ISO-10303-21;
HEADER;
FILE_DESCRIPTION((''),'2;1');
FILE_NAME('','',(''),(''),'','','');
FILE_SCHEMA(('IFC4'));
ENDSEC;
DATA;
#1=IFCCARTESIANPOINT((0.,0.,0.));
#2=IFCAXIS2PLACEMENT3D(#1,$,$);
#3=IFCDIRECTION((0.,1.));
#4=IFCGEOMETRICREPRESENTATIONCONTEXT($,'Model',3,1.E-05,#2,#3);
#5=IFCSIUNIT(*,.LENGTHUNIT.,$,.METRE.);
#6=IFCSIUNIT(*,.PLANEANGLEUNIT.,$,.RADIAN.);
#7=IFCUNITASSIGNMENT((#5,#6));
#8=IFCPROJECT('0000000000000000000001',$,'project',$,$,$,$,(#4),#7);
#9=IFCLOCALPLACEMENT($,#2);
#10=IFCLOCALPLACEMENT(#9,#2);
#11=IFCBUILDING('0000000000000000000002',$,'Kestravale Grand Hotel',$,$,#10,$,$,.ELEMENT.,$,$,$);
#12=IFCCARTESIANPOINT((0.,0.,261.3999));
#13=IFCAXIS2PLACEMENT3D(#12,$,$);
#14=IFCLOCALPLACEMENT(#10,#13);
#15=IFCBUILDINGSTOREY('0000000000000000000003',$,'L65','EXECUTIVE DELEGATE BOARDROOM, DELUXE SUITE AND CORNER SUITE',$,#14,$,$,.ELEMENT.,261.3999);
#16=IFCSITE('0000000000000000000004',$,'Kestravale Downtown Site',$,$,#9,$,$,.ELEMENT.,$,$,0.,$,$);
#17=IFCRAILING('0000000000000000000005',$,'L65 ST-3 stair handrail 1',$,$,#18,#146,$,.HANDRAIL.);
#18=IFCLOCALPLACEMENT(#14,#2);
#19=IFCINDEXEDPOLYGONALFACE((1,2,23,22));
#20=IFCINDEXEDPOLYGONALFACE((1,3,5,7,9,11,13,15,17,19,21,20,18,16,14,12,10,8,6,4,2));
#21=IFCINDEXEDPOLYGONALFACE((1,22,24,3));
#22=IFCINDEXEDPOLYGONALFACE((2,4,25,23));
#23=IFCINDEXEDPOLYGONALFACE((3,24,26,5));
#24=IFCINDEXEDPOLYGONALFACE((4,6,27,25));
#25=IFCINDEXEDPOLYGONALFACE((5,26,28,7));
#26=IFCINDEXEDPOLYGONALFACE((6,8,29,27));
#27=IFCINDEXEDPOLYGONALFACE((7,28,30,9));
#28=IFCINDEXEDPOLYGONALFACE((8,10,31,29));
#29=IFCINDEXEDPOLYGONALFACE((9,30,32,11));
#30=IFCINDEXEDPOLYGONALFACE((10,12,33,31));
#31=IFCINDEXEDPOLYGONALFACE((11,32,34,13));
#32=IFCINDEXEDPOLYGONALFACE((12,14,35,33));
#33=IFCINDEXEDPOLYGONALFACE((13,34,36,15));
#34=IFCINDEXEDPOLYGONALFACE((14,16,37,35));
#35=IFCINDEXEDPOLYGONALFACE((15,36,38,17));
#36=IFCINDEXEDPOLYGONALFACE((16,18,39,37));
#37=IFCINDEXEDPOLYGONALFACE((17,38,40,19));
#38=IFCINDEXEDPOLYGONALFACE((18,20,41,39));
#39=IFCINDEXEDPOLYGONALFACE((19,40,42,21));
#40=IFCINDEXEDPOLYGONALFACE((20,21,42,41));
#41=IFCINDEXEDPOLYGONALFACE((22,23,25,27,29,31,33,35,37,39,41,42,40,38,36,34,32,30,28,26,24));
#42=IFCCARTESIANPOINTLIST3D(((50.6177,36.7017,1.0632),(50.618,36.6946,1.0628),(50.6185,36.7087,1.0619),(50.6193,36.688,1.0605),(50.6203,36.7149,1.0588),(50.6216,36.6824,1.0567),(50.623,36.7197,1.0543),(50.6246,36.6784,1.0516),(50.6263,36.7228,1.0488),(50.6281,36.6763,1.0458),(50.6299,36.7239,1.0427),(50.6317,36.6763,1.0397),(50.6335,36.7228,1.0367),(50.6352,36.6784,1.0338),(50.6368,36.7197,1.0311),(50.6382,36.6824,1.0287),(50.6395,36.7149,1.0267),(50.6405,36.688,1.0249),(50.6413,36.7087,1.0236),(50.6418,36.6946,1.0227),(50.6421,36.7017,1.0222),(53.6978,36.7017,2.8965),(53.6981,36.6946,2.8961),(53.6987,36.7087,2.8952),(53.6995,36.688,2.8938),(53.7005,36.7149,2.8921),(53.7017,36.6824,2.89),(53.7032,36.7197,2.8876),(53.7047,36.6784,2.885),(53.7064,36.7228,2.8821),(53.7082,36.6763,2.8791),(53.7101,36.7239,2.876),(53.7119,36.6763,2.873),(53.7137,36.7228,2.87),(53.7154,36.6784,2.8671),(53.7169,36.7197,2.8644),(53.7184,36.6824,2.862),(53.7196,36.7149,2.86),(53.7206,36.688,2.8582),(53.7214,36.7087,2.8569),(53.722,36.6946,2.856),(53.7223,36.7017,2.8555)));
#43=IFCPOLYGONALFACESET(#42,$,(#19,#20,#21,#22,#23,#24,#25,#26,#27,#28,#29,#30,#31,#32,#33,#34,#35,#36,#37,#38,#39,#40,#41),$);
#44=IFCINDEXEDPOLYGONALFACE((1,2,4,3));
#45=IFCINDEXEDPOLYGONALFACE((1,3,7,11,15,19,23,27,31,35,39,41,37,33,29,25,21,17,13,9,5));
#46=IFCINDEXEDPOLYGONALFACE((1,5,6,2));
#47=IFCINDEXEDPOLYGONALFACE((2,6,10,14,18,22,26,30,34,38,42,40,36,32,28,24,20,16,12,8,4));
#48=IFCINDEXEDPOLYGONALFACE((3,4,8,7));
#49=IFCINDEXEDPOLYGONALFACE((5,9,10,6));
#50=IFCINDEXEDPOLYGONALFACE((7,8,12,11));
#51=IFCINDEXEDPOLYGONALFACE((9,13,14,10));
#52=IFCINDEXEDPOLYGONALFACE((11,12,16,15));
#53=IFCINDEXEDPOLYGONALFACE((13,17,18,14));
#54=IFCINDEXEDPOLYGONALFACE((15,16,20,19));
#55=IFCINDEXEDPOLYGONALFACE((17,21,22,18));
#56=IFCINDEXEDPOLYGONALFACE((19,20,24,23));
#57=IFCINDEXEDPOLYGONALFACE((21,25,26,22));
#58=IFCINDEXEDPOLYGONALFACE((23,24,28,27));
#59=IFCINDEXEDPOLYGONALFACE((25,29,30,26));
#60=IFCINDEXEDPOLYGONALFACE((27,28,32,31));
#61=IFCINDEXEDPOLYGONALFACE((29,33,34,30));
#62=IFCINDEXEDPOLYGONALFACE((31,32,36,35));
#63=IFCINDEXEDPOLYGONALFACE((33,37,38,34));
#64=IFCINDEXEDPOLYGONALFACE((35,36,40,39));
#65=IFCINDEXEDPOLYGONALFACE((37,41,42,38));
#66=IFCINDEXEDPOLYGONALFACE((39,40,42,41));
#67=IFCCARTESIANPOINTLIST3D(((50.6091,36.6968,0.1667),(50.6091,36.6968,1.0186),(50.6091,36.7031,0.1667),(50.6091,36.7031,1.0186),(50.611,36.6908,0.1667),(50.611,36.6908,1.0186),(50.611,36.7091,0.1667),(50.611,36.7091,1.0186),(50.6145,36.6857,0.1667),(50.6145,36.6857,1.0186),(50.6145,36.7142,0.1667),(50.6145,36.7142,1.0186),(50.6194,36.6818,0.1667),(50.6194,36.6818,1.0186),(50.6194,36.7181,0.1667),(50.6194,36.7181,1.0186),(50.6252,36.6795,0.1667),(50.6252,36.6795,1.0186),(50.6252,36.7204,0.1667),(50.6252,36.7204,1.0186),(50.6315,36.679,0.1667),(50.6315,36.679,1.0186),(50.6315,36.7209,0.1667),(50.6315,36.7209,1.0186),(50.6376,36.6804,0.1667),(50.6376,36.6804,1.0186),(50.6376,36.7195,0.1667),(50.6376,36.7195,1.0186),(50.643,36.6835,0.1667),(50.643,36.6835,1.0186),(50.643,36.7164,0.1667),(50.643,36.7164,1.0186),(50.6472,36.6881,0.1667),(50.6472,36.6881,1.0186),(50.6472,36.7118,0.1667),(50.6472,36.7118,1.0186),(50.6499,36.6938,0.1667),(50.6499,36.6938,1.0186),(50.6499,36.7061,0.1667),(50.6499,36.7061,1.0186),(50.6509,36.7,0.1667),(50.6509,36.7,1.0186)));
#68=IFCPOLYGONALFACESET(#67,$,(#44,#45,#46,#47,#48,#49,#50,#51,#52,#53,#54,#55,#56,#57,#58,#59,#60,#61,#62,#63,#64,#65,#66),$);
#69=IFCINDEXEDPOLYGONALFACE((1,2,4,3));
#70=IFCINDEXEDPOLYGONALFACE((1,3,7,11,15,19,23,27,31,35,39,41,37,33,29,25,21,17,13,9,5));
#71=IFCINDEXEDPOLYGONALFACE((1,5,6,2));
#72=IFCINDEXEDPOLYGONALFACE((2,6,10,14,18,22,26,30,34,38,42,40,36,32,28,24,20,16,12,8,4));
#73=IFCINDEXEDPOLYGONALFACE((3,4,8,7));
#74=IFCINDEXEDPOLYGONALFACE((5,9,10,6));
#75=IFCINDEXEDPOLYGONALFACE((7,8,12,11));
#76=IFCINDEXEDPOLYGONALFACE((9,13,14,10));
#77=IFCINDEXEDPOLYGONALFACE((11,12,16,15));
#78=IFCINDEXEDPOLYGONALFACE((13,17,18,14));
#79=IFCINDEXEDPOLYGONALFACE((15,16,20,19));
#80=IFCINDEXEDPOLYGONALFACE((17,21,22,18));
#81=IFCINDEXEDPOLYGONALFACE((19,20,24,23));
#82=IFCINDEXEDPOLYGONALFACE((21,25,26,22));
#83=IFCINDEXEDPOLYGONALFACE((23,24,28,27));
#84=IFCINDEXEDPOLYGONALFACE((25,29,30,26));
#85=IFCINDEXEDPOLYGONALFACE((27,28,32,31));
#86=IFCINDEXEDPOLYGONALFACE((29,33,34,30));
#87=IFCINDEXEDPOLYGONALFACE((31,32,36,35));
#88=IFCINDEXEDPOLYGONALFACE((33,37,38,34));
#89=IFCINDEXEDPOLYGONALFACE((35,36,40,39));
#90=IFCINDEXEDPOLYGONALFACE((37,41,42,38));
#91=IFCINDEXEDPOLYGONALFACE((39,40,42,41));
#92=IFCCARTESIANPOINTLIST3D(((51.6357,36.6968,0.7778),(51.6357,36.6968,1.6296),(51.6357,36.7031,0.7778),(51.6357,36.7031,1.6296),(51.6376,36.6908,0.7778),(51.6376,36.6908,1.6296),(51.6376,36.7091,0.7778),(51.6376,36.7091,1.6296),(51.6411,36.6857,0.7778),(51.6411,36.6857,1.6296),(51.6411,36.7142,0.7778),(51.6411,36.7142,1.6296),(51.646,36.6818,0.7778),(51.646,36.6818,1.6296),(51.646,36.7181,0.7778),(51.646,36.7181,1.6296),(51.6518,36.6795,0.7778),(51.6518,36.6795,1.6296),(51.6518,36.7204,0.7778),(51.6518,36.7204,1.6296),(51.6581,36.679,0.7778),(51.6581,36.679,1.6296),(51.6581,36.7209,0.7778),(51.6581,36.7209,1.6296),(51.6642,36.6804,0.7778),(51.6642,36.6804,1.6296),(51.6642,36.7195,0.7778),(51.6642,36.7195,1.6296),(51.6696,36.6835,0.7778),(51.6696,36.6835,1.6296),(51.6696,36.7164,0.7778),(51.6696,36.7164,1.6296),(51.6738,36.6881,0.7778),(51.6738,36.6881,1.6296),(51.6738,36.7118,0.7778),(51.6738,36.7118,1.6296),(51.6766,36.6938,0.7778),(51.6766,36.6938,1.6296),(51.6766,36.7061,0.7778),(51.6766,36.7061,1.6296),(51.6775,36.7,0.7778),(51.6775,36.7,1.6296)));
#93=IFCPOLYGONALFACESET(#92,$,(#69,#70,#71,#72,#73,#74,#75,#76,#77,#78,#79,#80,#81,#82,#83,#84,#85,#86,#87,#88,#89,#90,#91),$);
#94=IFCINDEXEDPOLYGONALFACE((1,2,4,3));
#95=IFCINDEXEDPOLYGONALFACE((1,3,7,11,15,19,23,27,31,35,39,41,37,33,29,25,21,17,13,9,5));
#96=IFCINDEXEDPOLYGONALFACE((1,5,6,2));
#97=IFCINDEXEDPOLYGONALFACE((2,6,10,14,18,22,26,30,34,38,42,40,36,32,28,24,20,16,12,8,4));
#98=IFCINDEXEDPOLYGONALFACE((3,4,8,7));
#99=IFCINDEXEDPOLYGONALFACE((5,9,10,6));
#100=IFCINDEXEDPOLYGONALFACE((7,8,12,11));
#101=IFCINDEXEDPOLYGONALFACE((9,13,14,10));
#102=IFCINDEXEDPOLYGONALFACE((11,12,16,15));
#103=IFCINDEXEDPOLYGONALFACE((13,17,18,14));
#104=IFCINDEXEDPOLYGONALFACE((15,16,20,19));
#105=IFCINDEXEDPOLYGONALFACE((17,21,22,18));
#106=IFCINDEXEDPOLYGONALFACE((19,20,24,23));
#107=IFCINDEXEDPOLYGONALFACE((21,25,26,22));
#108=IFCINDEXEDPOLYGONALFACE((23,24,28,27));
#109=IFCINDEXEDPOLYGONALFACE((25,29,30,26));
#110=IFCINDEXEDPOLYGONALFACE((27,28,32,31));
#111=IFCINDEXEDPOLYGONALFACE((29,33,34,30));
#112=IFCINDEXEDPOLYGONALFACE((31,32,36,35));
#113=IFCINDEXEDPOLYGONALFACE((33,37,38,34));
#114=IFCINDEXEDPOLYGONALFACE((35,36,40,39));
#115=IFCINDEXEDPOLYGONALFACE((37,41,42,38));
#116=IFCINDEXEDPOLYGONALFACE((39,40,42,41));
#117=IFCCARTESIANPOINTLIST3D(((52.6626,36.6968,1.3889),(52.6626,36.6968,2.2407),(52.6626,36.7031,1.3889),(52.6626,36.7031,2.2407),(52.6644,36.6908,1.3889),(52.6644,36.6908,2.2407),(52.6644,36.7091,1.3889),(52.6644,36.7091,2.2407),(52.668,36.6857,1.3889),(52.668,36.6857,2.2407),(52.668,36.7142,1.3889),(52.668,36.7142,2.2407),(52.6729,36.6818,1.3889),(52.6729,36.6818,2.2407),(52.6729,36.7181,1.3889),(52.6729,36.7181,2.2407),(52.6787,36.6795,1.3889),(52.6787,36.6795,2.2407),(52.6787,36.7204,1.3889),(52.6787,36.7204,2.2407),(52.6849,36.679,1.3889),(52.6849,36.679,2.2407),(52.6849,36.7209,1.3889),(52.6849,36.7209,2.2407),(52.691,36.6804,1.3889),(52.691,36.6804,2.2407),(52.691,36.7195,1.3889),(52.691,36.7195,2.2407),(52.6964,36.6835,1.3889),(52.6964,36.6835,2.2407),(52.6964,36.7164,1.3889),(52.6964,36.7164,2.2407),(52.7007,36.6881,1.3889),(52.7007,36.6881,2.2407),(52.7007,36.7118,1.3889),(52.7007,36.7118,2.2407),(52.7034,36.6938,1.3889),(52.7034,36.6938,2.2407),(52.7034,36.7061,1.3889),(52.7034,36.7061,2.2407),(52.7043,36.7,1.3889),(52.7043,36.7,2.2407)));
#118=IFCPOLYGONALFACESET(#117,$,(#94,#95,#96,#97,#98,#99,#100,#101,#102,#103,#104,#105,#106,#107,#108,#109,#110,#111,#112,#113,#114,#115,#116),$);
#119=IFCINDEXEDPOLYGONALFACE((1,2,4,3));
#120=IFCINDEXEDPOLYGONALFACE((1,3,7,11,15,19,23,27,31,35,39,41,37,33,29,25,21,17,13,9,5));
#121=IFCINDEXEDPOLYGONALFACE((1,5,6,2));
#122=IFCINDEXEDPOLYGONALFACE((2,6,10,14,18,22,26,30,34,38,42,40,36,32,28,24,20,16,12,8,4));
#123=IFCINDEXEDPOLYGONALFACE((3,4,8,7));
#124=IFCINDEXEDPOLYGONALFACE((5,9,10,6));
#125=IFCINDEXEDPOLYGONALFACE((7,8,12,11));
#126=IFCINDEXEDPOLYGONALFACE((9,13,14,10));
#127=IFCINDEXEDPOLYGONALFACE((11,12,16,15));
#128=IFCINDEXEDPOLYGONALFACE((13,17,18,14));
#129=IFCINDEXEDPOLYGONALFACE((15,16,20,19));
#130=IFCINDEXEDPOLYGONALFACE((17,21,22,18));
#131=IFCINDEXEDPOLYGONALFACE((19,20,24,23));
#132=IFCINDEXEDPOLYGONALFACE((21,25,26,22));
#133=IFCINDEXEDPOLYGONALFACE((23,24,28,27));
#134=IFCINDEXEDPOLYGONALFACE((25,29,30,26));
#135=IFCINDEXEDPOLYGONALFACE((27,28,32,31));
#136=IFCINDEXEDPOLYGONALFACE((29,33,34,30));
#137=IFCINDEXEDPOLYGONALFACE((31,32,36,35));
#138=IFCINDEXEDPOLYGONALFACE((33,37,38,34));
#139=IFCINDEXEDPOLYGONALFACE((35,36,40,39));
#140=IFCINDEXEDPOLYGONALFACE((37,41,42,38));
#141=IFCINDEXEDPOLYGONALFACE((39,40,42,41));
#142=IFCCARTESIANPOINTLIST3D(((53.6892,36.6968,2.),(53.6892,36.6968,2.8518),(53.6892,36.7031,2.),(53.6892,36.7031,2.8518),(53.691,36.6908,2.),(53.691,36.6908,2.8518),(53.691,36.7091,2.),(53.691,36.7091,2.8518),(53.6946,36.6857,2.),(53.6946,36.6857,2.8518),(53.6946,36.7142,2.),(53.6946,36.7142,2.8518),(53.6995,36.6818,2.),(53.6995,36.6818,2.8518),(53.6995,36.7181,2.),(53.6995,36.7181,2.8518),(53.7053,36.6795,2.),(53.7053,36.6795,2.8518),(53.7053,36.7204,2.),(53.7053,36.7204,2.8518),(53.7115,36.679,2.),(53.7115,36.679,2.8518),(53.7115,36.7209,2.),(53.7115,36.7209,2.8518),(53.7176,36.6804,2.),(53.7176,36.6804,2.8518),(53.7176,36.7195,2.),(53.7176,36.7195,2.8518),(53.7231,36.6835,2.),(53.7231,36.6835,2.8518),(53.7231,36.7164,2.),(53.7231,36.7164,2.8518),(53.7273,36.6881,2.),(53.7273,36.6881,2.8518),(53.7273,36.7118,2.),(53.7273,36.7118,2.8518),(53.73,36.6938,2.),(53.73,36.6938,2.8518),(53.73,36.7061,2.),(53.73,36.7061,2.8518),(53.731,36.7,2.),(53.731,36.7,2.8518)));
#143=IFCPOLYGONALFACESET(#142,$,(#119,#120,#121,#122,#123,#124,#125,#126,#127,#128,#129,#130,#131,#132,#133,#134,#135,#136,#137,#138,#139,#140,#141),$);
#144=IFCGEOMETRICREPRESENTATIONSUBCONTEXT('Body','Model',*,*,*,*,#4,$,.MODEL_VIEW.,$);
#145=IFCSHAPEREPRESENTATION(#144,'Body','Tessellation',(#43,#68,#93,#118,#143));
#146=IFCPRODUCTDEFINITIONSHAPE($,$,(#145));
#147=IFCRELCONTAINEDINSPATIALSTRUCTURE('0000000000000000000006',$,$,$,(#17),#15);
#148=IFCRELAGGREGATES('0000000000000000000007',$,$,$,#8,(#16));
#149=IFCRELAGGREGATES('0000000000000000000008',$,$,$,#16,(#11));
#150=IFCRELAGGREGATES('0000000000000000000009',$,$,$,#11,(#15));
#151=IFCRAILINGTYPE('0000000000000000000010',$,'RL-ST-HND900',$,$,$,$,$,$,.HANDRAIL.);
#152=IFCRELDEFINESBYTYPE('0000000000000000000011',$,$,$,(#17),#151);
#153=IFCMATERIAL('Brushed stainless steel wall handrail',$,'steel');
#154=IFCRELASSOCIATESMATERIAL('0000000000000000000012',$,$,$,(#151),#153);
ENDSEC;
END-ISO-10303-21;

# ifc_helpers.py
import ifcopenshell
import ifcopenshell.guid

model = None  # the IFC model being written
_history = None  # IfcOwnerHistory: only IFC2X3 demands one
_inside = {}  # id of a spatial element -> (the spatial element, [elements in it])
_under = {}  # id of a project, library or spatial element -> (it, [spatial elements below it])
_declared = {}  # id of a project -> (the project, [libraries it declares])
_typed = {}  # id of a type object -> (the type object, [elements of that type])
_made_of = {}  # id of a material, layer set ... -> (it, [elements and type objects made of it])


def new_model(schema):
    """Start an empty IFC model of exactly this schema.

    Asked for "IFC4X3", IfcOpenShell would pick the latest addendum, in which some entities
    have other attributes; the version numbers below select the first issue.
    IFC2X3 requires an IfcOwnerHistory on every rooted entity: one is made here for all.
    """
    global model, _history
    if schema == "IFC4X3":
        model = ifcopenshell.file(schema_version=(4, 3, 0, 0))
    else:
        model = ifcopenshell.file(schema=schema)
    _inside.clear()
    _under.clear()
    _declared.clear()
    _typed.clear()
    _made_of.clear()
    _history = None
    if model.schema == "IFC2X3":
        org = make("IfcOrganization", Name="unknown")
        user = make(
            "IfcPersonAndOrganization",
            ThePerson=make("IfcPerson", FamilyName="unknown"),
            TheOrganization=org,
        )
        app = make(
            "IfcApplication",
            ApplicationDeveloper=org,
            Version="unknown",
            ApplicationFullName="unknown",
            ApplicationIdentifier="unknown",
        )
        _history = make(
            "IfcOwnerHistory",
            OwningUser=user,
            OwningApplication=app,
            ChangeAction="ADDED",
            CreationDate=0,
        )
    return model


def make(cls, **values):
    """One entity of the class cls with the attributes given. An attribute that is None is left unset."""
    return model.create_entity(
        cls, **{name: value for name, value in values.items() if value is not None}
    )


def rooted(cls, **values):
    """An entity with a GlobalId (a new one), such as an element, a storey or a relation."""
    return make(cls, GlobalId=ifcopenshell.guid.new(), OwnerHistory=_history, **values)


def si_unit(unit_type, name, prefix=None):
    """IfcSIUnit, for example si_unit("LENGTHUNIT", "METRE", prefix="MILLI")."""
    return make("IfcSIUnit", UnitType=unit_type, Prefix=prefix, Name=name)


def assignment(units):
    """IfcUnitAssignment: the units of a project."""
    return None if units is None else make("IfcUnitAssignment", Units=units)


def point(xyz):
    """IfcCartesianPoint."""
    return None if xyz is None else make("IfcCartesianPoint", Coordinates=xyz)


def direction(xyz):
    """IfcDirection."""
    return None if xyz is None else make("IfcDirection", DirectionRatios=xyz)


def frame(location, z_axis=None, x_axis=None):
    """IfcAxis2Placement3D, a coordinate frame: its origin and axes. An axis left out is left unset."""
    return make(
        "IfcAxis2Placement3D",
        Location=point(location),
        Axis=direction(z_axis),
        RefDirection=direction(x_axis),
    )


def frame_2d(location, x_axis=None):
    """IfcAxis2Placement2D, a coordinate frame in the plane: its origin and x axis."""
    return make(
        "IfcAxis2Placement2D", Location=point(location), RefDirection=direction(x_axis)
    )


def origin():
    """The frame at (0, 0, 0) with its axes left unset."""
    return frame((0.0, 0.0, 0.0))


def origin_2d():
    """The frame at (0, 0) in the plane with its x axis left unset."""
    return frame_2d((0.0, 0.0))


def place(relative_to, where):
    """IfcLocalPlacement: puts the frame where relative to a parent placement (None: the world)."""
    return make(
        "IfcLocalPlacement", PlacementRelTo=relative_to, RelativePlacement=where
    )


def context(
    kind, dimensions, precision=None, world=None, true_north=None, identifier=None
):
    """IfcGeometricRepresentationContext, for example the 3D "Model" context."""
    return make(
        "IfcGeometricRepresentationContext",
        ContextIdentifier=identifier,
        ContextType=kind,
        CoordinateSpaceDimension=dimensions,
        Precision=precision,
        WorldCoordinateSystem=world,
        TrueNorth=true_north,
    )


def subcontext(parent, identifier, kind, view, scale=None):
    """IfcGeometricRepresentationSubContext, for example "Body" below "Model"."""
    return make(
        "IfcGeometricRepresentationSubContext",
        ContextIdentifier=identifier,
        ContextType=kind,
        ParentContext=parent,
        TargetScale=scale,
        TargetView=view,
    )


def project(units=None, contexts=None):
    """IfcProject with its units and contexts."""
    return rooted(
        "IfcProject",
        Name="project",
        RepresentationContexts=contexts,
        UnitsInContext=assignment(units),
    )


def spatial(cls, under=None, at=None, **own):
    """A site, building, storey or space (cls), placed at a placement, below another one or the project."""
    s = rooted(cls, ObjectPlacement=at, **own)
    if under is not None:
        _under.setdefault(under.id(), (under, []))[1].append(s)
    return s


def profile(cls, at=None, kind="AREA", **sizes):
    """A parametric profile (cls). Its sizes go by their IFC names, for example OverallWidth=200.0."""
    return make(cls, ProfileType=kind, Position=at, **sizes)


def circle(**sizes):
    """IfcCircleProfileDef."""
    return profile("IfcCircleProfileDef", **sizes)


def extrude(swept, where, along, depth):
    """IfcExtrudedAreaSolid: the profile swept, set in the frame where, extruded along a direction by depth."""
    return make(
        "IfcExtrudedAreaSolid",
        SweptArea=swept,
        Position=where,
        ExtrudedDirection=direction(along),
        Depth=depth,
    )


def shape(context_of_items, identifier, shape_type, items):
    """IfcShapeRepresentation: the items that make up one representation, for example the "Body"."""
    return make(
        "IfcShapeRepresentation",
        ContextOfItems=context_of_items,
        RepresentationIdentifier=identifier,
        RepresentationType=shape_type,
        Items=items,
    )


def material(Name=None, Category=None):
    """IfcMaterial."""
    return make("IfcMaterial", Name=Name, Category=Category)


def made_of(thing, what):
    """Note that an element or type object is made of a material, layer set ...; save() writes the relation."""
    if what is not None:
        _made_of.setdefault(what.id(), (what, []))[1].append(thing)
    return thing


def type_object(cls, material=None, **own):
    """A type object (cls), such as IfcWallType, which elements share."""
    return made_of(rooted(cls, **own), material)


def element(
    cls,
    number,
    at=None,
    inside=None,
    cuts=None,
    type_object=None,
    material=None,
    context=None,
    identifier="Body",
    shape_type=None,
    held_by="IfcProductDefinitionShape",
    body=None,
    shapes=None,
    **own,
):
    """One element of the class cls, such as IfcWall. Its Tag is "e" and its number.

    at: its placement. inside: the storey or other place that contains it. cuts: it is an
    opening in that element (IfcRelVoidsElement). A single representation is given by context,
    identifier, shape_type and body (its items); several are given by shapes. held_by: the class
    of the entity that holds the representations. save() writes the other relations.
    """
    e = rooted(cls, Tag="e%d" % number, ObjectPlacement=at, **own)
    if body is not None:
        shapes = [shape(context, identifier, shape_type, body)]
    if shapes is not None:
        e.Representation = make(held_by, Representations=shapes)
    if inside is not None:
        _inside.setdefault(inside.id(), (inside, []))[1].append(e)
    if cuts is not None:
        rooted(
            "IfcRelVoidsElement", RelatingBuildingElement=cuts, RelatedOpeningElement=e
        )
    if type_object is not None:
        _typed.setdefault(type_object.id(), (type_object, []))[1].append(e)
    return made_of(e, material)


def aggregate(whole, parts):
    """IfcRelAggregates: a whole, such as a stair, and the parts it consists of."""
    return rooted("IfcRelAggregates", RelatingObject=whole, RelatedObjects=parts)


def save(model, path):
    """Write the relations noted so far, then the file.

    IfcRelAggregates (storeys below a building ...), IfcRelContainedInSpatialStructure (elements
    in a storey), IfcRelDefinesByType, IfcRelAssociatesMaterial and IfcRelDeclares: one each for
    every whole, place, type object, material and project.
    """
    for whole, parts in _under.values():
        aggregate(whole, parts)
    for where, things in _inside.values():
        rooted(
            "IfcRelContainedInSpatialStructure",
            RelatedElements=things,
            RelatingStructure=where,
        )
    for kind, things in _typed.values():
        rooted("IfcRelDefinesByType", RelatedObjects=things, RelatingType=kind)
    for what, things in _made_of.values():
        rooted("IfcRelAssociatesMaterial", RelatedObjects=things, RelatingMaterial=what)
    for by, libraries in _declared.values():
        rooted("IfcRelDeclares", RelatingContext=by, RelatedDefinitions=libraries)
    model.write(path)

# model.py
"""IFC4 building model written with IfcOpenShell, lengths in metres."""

from ifc_helpers import new_model, si_unit, direction, frame, origin, origin_2d, place, context, subcontext, project, spatial, circle, extrude, material, type_object, element, save


model = new_model("IFC4")

# Units and contexts
model_context = context("Model", 3, precision=1e-05, world=origin(), true_north=direction((0.0, 1.0)))
body_context = subcontext(model_context, "Body", "Model", "MODEL_VIEW")
ifc_project = project(units=[si_unit("LENGTHUNIT", "METRE"), si_unit("PLANEANGLEUNIT", "RADIAN")], contexts=[model_context])

# Site, building, storey
site_placement = place(None, origin())
site = spatial("IfcSite", under=ifc_project, at=site_placement, Name="Kestravale Downtown Site", CompositionType="ELEMENT", RefElevation=0.0)
building_placement = place(site_placement, origin())
building = spatial("IfcBuilding", under=site, at=building_placement, Name="Kestravale Grand Hotel", CompositionType="ELEMENT")
storey_placement = place(building_placement, frame((0.0, 0.0, 261.3999)))
storey = spatial("IfcBuildingStorey", under=building, at=storey_placement, Name="L65", Description="EXECUTIVE DELEGATE BOARDROOM, DELUXE SUITE AND CORNER SUITE", CompositionType="ELEMENT", Elevation=261.3999)

# Railing
ifc_material_1 = material(Name="Brushed stainless steel wall handrail", Category="steel")
railing_type_1 = type_object("IfcRailingType", Name="RL-ST-HND900", PredefinedType="HANDRAIL", material=ifc_material_1)
railing_1_placement = place(storey_placement, frame((50.6299, 36.7, 0.1667)))
element("IfcRailing", 1, at=railing_1_placement, inside=storey, type_object=railing_type_1, Name="L65 ST-3 stair handrail 1", PredefinedType="HANDRAIL", context=body_context, shape_type="SweptSolid", body=[
    extrude(circle(Radius=0.0239, at=origin_2d()), frame((0.0, 0.0, 0.876), z_axis=(0.859309, 0.0, 0.511458), x_axis=(0.0, 1.0, 0.0)), (0.0, 0.0, 1.0), 3.5845),
    extrude(circle(Radius=0.021, at=origin_2d()), origin(), (0.0, 0.0, 1.0), 0.8518),
    extrude(circle(Radius=0.021, at=origin_2d()), frame((1.0266, 0.0, 0.6111)), (0.0, 0.0, 1.0), 0.8518),
    extrude(circle(Radius=0.021, at=origin_2d()), frame((2.0535, 0.0, 1.2222)), (0.0, 0.0, 1.0), 0.8518),
    extrude(circle(Radius=0.021, at=origin_2d()), frame((3.0801, 0.0, 1.8333)), (0.0, 0.0, 1.0), 0.8518),
])

save(model, "model.ifc")
